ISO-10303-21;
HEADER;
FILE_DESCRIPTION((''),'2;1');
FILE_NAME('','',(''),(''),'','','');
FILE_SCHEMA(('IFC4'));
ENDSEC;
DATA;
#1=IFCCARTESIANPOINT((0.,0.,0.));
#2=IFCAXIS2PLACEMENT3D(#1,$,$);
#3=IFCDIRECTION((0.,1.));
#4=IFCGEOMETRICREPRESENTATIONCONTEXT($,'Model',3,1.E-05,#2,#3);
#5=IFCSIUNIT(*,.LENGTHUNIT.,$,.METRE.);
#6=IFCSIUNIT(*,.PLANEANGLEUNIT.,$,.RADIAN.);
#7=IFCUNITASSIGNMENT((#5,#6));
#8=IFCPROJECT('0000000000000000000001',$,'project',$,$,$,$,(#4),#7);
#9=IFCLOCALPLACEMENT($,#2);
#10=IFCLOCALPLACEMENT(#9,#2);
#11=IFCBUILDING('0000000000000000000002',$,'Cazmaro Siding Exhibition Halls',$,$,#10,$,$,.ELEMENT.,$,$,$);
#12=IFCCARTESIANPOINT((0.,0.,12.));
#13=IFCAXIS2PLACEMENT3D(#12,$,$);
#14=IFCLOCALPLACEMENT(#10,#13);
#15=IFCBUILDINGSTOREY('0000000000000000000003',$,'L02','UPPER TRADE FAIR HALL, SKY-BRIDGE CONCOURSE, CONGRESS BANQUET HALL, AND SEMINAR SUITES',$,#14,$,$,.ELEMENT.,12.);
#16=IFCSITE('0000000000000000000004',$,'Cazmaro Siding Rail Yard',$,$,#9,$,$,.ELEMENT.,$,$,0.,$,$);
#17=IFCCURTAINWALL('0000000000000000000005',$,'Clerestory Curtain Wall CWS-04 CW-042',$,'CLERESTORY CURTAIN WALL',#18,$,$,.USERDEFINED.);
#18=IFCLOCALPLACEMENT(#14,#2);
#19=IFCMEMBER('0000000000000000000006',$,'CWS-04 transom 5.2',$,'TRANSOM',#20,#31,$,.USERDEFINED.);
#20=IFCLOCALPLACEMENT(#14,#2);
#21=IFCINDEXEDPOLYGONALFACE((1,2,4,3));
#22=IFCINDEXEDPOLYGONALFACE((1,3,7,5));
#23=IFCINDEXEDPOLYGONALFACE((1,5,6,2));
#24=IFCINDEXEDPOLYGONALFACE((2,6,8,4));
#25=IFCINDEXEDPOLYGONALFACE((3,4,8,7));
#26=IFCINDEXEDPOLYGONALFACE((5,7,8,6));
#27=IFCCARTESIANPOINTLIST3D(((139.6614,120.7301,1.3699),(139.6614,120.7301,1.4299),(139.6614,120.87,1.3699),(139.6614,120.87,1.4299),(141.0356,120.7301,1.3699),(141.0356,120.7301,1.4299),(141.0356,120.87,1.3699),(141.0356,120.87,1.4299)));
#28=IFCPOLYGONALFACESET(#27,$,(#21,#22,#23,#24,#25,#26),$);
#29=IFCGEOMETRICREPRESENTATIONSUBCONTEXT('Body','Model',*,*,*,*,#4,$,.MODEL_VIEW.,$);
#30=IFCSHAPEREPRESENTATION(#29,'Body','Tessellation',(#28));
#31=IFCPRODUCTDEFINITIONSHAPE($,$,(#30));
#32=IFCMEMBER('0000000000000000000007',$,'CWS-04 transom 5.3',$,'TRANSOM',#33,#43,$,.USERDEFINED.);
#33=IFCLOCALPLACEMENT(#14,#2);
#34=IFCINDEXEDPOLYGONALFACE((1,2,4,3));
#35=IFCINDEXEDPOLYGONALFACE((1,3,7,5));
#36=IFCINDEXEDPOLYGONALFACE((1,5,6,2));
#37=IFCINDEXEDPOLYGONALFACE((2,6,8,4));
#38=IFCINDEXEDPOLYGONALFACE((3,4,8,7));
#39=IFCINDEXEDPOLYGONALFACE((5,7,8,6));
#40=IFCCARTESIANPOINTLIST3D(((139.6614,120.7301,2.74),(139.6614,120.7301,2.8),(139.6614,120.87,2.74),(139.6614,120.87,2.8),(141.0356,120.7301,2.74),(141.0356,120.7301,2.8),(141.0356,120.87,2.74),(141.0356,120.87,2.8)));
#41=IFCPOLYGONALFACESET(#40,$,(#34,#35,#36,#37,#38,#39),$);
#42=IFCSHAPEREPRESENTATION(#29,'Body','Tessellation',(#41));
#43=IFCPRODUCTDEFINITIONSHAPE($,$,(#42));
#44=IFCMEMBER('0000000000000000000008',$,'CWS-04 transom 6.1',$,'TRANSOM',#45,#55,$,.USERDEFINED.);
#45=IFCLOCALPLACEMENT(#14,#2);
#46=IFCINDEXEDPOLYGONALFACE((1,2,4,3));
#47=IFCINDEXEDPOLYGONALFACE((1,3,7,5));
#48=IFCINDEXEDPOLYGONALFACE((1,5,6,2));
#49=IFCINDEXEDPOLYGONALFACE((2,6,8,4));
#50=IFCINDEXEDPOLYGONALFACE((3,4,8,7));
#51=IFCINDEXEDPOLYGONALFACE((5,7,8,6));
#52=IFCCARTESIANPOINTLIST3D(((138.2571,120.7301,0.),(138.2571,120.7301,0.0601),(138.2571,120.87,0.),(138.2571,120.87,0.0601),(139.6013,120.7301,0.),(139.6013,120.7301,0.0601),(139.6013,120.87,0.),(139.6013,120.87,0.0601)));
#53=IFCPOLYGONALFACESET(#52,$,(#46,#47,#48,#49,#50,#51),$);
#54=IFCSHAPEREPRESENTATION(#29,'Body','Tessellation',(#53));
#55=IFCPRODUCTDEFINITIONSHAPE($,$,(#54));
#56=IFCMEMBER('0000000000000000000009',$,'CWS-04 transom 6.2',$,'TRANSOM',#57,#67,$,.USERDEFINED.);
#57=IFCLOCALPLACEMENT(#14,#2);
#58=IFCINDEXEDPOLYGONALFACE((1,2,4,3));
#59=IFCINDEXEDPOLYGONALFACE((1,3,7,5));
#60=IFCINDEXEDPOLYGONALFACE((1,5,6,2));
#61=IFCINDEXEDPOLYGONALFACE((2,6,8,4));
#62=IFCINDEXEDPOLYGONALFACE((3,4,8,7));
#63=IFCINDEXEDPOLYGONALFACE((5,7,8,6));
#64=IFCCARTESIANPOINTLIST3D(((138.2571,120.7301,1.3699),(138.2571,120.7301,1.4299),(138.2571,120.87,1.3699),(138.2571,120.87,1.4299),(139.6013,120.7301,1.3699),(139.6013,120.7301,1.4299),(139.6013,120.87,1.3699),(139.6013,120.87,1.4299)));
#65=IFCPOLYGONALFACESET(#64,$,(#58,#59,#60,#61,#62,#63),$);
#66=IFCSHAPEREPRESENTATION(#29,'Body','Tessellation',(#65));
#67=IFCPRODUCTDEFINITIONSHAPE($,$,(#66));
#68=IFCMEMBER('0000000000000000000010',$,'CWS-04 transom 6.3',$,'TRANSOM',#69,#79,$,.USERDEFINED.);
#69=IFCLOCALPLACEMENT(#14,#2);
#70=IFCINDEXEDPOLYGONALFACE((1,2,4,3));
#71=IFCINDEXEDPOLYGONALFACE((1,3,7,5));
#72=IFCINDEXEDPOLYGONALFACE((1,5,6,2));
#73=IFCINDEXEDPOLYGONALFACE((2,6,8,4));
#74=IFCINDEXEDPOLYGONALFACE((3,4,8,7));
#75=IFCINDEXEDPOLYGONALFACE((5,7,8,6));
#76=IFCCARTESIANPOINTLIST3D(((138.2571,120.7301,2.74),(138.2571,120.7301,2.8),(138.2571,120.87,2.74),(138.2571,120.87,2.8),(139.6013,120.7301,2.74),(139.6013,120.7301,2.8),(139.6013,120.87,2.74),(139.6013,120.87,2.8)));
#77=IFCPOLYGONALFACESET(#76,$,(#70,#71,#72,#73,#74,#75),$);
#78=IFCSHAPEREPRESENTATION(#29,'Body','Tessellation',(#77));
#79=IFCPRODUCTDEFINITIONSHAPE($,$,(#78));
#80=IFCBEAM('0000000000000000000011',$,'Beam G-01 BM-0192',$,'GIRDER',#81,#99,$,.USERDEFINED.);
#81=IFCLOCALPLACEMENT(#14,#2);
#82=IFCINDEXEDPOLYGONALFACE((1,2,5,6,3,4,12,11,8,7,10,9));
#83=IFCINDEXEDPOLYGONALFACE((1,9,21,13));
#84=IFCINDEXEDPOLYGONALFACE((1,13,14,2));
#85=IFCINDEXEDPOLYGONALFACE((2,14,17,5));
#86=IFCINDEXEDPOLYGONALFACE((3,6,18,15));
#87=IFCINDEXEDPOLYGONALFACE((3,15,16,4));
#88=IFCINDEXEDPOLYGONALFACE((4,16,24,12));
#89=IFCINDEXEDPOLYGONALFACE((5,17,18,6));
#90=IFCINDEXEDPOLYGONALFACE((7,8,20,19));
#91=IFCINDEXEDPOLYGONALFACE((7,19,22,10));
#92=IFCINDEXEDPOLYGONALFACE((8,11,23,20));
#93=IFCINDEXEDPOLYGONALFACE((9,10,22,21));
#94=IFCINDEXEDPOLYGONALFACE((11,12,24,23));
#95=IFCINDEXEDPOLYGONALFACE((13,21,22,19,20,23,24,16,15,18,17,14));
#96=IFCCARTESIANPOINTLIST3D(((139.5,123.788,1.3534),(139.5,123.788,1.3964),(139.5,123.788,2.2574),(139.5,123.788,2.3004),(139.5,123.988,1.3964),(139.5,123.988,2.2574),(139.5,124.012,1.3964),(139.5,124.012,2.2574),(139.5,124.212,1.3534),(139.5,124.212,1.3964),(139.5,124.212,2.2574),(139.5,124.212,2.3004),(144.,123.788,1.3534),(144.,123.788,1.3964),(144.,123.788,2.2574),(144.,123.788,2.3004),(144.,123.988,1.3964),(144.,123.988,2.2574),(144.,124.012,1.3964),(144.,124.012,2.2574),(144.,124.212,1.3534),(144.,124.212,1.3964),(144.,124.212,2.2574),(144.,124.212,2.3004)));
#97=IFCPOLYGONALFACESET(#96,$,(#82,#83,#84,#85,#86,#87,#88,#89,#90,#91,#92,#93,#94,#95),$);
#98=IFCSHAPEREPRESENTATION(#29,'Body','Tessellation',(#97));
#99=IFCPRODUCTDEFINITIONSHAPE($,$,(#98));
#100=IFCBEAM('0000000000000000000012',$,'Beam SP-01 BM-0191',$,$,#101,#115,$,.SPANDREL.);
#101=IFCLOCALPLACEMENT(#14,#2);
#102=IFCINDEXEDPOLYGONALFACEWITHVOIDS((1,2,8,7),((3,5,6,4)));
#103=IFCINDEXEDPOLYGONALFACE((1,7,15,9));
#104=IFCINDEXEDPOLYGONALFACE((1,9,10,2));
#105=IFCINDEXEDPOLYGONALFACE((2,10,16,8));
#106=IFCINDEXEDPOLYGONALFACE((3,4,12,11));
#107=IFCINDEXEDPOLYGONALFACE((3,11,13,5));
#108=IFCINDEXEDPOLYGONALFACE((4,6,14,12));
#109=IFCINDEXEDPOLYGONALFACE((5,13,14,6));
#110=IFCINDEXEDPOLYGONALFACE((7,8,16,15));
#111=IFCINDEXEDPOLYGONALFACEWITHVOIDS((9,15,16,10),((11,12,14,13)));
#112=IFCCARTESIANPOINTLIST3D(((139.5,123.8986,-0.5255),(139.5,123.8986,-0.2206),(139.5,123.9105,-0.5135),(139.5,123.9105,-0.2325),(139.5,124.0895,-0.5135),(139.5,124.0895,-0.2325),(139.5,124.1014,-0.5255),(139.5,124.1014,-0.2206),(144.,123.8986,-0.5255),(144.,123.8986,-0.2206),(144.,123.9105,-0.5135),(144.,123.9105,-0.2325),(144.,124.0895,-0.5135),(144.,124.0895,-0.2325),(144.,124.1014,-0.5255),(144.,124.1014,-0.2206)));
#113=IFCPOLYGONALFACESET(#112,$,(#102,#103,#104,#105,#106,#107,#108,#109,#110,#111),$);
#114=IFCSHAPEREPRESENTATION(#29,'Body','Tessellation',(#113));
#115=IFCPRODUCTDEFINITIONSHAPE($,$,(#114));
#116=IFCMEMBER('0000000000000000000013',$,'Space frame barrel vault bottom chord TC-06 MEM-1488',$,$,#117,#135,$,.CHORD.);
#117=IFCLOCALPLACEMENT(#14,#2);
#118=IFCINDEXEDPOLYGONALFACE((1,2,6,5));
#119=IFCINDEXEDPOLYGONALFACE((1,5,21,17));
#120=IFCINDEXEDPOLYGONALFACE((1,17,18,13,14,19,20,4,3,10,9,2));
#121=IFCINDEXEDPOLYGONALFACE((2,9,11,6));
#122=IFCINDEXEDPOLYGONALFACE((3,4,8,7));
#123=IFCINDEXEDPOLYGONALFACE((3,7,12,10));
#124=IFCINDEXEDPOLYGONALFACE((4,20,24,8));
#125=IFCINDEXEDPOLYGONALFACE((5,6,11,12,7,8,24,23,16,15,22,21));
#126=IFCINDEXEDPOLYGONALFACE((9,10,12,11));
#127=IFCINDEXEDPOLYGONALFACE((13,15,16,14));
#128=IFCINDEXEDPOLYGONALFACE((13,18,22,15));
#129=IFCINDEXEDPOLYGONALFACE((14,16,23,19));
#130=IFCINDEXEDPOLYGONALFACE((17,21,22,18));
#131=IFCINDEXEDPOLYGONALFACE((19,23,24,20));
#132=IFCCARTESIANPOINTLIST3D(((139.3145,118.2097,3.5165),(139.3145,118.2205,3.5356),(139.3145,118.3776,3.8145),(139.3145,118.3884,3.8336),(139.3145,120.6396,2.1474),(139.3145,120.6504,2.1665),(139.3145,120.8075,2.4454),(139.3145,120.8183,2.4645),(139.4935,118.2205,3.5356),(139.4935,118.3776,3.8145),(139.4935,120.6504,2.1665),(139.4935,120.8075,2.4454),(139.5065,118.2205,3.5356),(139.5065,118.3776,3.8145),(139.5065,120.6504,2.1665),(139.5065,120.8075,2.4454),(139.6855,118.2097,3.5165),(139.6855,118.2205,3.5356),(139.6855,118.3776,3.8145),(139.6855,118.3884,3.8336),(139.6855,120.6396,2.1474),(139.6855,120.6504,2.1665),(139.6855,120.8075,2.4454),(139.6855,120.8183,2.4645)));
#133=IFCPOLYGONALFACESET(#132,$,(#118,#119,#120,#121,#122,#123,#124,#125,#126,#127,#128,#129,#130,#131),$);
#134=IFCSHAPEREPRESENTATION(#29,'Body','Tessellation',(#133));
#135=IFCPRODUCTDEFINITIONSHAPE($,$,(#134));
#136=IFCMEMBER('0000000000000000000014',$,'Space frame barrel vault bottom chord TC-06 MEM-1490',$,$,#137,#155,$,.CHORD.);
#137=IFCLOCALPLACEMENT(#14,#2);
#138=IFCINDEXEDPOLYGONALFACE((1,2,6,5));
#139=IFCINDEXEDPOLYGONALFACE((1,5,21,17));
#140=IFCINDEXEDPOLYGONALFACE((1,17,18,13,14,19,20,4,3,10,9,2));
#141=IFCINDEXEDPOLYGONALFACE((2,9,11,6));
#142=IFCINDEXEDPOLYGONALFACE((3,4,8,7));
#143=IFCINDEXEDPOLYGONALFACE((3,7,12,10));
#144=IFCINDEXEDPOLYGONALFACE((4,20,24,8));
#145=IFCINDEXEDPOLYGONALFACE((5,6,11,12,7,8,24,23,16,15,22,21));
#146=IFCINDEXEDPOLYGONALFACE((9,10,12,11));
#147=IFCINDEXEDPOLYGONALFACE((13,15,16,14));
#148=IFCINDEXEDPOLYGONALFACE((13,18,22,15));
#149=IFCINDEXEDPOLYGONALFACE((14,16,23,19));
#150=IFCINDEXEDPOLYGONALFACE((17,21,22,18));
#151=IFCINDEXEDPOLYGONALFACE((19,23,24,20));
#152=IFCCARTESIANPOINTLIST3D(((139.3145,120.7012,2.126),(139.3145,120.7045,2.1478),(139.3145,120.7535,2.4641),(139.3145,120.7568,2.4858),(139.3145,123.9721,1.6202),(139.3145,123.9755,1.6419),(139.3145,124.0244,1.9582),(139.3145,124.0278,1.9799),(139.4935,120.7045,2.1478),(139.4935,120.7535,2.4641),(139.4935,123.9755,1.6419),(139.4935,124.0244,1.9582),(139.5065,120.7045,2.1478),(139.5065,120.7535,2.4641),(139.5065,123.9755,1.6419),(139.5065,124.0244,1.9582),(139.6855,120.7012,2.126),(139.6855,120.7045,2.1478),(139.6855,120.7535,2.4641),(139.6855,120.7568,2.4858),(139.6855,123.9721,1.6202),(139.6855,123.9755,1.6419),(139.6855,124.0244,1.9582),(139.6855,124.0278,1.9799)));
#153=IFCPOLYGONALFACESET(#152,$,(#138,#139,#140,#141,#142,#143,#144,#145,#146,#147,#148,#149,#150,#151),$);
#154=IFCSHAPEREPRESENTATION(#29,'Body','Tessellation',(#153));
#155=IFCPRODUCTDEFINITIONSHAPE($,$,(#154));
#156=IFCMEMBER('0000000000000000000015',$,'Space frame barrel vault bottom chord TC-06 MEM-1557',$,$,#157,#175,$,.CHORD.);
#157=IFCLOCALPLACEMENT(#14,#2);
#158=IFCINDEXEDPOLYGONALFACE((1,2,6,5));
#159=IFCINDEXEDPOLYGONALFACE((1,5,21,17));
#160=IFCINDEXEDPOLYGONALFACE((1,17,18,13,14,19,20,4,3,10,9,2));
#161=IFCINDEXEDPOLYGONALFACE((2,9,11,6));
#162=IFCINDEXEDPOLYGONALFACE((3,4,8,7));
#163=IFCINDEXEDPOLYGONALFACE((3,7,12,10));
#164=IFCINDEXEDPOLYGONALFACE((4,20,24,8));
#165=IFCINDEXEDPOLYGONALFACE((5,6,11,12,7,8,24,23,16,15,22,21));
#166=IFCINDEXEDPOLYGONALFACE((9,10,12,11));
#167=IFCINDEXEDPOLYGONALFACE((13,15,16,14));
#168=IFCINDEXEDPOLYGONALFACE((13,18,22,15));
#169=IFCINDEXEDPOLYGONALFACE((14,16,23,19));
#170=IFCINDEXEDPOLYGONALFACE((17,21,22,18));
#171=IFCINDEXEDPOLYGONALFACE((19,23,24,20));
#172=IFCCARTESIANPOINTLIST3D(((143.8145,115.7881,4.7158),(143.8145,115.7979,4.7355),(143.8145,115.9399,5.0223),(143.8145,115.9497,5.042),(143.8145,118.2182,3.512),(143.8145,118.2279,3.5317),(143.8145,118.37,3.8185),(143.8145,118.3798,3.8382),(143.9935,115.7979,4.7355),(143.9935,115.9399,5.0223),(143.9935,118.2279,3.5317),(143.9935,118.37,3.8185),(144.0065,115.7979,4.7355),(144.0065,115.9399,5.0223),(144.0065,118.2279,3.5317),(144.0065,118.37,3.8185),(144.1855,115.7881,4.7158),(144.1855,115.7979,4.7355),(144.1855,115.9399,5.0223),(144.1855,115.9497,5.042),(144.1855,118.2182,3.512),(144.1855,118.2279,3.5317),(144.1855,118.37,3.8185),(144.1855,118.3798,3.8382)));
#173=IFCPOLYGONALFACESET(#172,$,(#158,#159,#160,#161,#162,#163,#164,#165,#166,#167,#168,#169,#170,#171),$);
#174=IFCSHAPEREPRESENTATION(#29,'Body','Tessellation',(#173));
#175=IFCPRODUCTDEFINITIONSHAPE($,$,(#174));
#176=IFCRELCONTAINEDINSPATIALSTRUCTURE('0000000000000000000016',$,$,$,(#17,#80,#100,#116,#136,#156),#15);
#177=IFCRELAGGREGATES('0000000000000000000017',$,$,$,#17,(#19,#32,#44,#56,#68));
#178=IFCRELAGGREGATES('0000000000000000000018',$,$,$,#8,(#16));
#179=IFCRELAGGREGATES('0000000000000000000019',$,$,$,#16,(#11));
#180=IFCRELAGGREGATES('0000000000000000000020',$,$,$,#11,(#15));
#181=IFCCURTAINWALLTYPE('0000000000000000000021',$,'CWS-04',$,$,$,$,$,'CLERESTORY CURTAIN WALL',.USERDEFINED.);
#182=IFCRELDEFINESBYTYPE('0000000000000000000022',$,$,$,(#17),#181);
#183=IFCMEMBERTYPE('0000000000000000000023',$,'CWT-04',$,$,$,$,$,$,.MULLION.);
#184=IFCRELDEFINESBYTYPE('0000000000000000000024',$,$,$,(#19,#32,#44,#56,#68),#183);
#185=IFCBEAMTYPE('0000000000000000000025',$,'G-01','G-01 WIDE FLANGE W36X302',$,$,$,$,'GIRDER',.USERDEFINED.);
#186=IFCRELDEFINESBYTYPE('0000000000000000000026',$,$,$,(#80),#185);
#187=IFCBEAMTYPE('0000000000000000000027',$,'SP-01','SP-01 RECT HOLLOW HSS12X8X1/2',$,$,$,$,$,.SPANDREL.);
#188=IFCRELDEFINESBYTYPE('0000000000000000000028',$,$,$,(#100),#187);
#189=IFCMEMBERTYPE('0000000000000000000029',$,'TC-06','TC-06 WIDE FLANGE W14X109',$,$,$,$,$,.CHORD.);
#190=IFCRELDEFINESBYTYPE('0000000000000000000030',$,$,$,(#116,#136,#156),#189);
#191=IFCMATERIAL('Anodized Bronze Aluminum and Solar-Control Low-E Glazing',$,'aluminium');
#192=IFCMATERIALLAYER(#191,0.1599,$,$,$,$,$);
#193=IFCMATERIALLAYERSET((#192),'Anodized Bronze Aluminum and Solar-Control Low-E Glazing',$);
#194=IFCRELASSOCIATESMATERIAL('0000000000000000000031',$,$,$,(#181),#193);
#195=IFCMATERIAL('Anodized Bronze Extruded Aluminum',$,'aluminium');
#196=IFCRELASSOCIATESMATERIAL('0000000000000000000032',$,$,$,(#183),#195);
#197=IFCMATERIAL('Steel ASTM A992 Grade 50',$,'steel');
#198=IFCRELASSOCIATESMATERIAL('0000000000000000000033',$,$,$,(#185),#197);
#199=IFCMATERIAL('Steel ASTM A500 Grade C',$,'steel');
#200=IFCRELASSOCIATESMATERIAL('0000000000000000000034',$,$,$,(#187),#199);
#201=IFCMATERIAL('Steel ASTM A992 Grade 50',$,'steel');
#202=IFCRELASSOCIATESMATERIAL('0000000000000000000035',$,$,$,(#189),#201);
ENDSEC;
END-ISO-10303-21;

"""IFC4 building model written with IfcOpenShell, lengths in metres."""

from ifc_helpers import new_model, si_unit, direction, frame, origin, origin_2d, place, context, subcontext, project, spatial, rectangle, hollow_rectangle, i_section, extrude, material, layer, layer_set, material_profile, profile_set, type_object, element, aggregate, save


model = new_model("IFC4")

# Units and contexts
model_context = context("Model", 3, precision=1e-05, world=origin(), true_north=direction((0.0, 1.0)))
body_context = subcontext(model_context, "Body", "Model", "MODEL_VIEW")
ifc_project = project(units=[si_unit("LENGTHUNIT", "METRE"), si_unit("PLANEANGLEUNIT", "RADIAN")], contexts=[model_context])

# Site, building, storey
site_placement = place(None, origin())
site = spatial("IfcSite", under=ifc_project, at=site_placement, Name="Cazmaro Siding Rail Yard", CompositionType="ELEMENT", RefElevation=0.0)
building_placement = place(site_placement, origin())
building = spatial("IfcBuilding", under=site, at=building_placement, Name="Cazmaro Siding Exhibition Halls", CompositionType="ELEMENT")
storey_placement = place(building_placement, frame((0.0, 0.0, 12.0)))
storey = spatial("IfcBuildingStorey", under=building, at=storey_placement, Name="L02", Description="UPPER TRADE FAIR HALL, SKY-BRIDGE CONCOURSE, CONGRESS BANQUET HALL, AND SEMINAR SUITES", CompositionType="ELEMENT", Elevation=12.0)

# Curtain wall, members
ifc_material_1 = material(Name="Anodized Bronze Aluminum and Solar-Control Low-E Glazing", Category="aluminium")
ifc_layer_1 = layer(ifc_material_1, 0.1599)
ifc_layer_set_1 = layer_set([ifc_layer_1], Name="Anodized Bronze Aluminum and Solar-Control Low-E Glazing")
curtain_wall_type = type_object("IfcCurtainWallType", Name="CWS-04", ElementType="CLERESTORY CURTAIN WALL", PredefinedType="USERDEFINED", material=ifc_layer_set_1)
curtain_wall_placement = place(storey_placement, origin())
curtain_wall = element("IfcCurtainWall", 1, at=curtain_wall_placement, inside=storey, type_object=curtain_wall_type, Name="Clerestory Curtain Wall CWS-04 CW-042", ObjectType="CLERESTORY CURTAIN WALL", PredefinedType="USERDEFINED")
ifc_material_2 = material(Name="Anodized Bronze Extruded Aluminum", Category="aluminium")
ifc_material_profile_1 = material_profile(ifc_material_2, rectangle(XDim=0.1399, YDim=0.0601, at=origin_2d()), Name="CWT-04")
ifc_profile_set_1 = profile_set([ifc_material_profile_1], Name="Anodized Bronze Extruded Aluminum")
member_type_1 = type_object("IfcMemberType", Name="CWT-04", PredefinedType="MULLION", material=ifc_profile_set_1)
member_1_placement = place(storey_placement, frame((141.0356, 120.8, 1.3999), z_axis=(-1.0, 0.0, 0.0), x_axis=(0.0, -1.0, 0.0)))
member_1 = element("IfcMember", 2, at=member_1_placement, type_object=member_type_1, Name="CWS-04 transom 5.2", ObjectType="TRANSOM", PredefinedType="USERDEFINED", context=body_context, shape_type="SweptSolid", body=[
    extrude(rectangle(XDim=0.1399, YDim=0.0601, at=origin_2d()), origin(), (0.0, 0.0, 1.0), 1.3743),
])
member_2_placement = place(storey_placement, frame((141.0356, 120.8, 2.77), z_axis=(-1.0, 0.0, 0.0), x_axis=(0.0, -1.0, 0.0)))
member_2 = element("IfcMember", 3, at=member_2_placement, type_object=member_type_1, Name="CWS-04 transom 5.3", ObjectType="TRANSOM", PredefinedType="USERDEFINED", context=body_context, shape_type="SweptSolid", body=[
    extrude(rectangle(XDim=0.1399, YDim=0.0601, at=origin_2d()), origin(), (0.0, 0.0, 1.0), 1.3743),
])
member_3_placement = place(storey_placement, frame((139.6013, 120.8, 0.03), z_axis=(-1.0, 0.0, 0.0), x_axis=(0.0, -1.0, 0.0)))
member_3 = element("IfcMember", 4, at=member_3_placement, type_object=member_type_1, Name="CWS-04 transom 6.1", ObjectType="TRANSOM", PredefinedType="USERDEFINED", context=body_context, shape_type="SweptSolid", body=[
    extrude(rectangle(XDim=0.1399, YDim=0.0601, at=origin_2d()), origin(), (0.0, 0.0, 1.0), 1.3442),
])
member_4_placement = place(storey_placement, frame((139.6013, 120.8, 1.3999), z_axis=(-1.0, 0.0, 0.0), x_axis=(0.0, -1.0, 0.0)))
member_4 = element("IfcMember", 5, at=member_4_placement, type_object=member_type_1, Name="CWS-04 transom 6.2", ObjectType="TRANSOM", PredefinedType="USERDEFINED", context=body_context, shape_type="SweptSolid", body=[
    extrude(rectangle(XDim=0.1399, YDim=0.0601, at=origin_2d()), origin(), (0.0, 0.0, 1.0), 1.3442),
])
member_5_placement = place(storey_placement, frame((139.6013, 120.8, 2.77), z_axis=(-1.0, 0.0, 0.0), x_axis=(0.0, -1.0, 0.0)))
member_5 = element("IfcMember", 6, at=member_5_placement, type_object=member_type_1, Name="CWS-04 transom 6.3", ObjectType="TRANSOM", PredefinedType="USERDEFINED", context=body_context, shape_type="SweptSolid", body=[
    extrude(rectangle(XDim=0.1399, YDim=0.0601, at=origin_2d()), origin(), (0.0, 0.0, 1.0), 1.3442),
])

# Beams
ifc_material_3 = material(Name="Steel ASTM A992 Grade 50", Category="steel")
ifc_material_profile_2 = material_profile(ifc_material_3, i_section(OverallWidth=0.4241, OverallDepth=0.947, WebThickness=0.0239, FlangeThickness=0.043, at=origin_2d()), Name="W36X302")
ifc_profile_set_2 = profile_set([ifc_material_profile_2], Name="Steel ASTM A992 Grade 50")
beam_type_1 = type_object("IfcBeamType", Name="G-01", Description="G-01 WIDE FLANGE W36X302", ElementType="GIRDER", PredefinedType="USERDEFINED", material=ifc_profile_set_2)
beam_1_placement = place(storey_placement, frame((139.5, 124.0, 1.8269), z_axis=(1.0, 0.0, 0.0), x_axis=(0.0, 1.0, 0.0)))
element("IfcBeam", 7, at=beam_1_placement, inside=storey, type_object=beam_type_1, Name="Beam G-01 BM-0192", ObjectType="GIRDER", PredefinedType="USERDEFINED", context=body_context, shape_type="SweptSolid", body=[
    extrude(i_section(OverallWidth=0.4241, OverallDepth=0.947, WebThickness=0.0239, FlangeThickness=0.043, at=origin_2d()), origin(), (0.0, 0.0, 1.0), 4.5),
])
ifc_material_4 = material(Name="Steel ASTM A500 Grade C", Category="steel")
ifc_material_profile_3 = material_profile(ifc_material_4, hollow_rectangle(XDim=0.2029, YDim=0.3049, WallThickness=0.012, at=origin_2d()), Name="HSS12X8X1/2")
ifc_profile_set_3 = profile_set([ifc_material_profile_3], Name="Steel ASTM A500 Grade C")
beam_type_2 = type_object("IfcBeamType", Name="SP-01", Description="SP-01 RECT HOLLOW HSS12X8X1/2", PredefinedType="SPANDREL", material=ifc_profile_set_3)
beam_2_placement = place(storey_placement, frame((139.5, 124.0, -0.373), z_axis=(1.0, 0.0, 0.0), x_axis=(0.0, 1.0, 0.0)))
element("IfcBeam", 8, at=beam_2_placement, inside=storey, type_object=beam_type_2, Name="Beam SP-01 BM-0191", PredefinedType="SPANDREL", context=body_context, shape_type="SweptSolid", body=[
    extrude(hollow_rectangle(XDim=0.2029, YDim=0.3049, WallThickness=0.012, at=origin_2d()), origin(), (0.0, 0.0, 1.0), 4.5),
])

# Members
ifc_material_5 = material(Name="Steel ASTM A992 Grade 50", Category="steel")
ifc_material_profile_4 = material_profile(ifc_material_5, i_section(OverallWidth=0.3711, OverallDepth=0.364, WebThickness=0.0129, FlangeThickness=0.022, at=origin_2d()), Name="W14X109")
ifc_profile_set_4 = profile_set([ifc_material_profile_4], Name="Steel ASTM A992 Grade 50")
member_type_2 = type_object("IfcMemberType", Name="TC-06", Description="TC-06 WIDE FLANGE W14X109", PredefinedType="CHORD", material=ifc_profile_set_4)
member_6_placement = place(storey_placement, frame((139.5, 118.2991, 3.675), z_axis=(0.0, 0.871222, -0.490889), x_axis=(-1.0, 0.0, 0.0)))
element("IfcMember", 9, at=member_6_placement, inside=storey, type_object=member_type_2, Name="Space frame barrel vault bottom chord TC-06 MEM-1488", PredefinedType="CHORD", context=body_context, shape_type="SweptSolid", body=[
    extrude(i_section(OverallWidth=0.3711, OverallDepth=0.364, WebThickness=0.0129, FlangeThickness=0.022, at=origin_2d()), origin(), (0.0, 0.0, 1.0), 2.7891),
])
member_7_placement = place(storey_placement, frame((139.5, 120.729, 2.3059), z_axis=(0.0, 0.988252, -0.152833), x_axis=(-1.0, 0.0, 0.0)))
element("IfcMember", 10, at=member_7_placement, inside=storey, type_object=member_type_2, Name="Space frame barrel vault bottom chord TC-06 MEM-1490", PredefinedType="CHORD", context=body_context, shape_type="SweptSolid", body=[
    extrude(i_section(OverallWidth=0.3711, OverallDepth=0.364, WebThickness=0.0129, FlangeThickness=0.022, at=origin_2d()), origin(), (0.0, 0.0, 1.0), 3.3098),
])
member_8_placement = place(storey_placement, frame((144.0, 115.8689, 4.8789), z_axis=(0.0, 0.896077, -0.443898), x_axis=(-1.0, 0.0, 0.0)))
element("IfcMember", 11, at=member_8_placement, inside=storey, type_object=member_type_2, Name="Space frame barrel vault bottom chord TC-06 MEM-1557", PredefinedType="CHORD", context=body_context, shape_type="SweptSolid", body=[
    extrude(i_section(OverallWidth=0.3711, OverallDepth=0.364, WebThickness=0.0129, FlangeThickness=0.022, at=origin_2d()), origin(), (0.0, 0.0, 1.0), 2.7119),
])

aggregate(curtain_wall, [member_1, member_2, member_3, member_4, member_5])

save(model, "model.ifc")
